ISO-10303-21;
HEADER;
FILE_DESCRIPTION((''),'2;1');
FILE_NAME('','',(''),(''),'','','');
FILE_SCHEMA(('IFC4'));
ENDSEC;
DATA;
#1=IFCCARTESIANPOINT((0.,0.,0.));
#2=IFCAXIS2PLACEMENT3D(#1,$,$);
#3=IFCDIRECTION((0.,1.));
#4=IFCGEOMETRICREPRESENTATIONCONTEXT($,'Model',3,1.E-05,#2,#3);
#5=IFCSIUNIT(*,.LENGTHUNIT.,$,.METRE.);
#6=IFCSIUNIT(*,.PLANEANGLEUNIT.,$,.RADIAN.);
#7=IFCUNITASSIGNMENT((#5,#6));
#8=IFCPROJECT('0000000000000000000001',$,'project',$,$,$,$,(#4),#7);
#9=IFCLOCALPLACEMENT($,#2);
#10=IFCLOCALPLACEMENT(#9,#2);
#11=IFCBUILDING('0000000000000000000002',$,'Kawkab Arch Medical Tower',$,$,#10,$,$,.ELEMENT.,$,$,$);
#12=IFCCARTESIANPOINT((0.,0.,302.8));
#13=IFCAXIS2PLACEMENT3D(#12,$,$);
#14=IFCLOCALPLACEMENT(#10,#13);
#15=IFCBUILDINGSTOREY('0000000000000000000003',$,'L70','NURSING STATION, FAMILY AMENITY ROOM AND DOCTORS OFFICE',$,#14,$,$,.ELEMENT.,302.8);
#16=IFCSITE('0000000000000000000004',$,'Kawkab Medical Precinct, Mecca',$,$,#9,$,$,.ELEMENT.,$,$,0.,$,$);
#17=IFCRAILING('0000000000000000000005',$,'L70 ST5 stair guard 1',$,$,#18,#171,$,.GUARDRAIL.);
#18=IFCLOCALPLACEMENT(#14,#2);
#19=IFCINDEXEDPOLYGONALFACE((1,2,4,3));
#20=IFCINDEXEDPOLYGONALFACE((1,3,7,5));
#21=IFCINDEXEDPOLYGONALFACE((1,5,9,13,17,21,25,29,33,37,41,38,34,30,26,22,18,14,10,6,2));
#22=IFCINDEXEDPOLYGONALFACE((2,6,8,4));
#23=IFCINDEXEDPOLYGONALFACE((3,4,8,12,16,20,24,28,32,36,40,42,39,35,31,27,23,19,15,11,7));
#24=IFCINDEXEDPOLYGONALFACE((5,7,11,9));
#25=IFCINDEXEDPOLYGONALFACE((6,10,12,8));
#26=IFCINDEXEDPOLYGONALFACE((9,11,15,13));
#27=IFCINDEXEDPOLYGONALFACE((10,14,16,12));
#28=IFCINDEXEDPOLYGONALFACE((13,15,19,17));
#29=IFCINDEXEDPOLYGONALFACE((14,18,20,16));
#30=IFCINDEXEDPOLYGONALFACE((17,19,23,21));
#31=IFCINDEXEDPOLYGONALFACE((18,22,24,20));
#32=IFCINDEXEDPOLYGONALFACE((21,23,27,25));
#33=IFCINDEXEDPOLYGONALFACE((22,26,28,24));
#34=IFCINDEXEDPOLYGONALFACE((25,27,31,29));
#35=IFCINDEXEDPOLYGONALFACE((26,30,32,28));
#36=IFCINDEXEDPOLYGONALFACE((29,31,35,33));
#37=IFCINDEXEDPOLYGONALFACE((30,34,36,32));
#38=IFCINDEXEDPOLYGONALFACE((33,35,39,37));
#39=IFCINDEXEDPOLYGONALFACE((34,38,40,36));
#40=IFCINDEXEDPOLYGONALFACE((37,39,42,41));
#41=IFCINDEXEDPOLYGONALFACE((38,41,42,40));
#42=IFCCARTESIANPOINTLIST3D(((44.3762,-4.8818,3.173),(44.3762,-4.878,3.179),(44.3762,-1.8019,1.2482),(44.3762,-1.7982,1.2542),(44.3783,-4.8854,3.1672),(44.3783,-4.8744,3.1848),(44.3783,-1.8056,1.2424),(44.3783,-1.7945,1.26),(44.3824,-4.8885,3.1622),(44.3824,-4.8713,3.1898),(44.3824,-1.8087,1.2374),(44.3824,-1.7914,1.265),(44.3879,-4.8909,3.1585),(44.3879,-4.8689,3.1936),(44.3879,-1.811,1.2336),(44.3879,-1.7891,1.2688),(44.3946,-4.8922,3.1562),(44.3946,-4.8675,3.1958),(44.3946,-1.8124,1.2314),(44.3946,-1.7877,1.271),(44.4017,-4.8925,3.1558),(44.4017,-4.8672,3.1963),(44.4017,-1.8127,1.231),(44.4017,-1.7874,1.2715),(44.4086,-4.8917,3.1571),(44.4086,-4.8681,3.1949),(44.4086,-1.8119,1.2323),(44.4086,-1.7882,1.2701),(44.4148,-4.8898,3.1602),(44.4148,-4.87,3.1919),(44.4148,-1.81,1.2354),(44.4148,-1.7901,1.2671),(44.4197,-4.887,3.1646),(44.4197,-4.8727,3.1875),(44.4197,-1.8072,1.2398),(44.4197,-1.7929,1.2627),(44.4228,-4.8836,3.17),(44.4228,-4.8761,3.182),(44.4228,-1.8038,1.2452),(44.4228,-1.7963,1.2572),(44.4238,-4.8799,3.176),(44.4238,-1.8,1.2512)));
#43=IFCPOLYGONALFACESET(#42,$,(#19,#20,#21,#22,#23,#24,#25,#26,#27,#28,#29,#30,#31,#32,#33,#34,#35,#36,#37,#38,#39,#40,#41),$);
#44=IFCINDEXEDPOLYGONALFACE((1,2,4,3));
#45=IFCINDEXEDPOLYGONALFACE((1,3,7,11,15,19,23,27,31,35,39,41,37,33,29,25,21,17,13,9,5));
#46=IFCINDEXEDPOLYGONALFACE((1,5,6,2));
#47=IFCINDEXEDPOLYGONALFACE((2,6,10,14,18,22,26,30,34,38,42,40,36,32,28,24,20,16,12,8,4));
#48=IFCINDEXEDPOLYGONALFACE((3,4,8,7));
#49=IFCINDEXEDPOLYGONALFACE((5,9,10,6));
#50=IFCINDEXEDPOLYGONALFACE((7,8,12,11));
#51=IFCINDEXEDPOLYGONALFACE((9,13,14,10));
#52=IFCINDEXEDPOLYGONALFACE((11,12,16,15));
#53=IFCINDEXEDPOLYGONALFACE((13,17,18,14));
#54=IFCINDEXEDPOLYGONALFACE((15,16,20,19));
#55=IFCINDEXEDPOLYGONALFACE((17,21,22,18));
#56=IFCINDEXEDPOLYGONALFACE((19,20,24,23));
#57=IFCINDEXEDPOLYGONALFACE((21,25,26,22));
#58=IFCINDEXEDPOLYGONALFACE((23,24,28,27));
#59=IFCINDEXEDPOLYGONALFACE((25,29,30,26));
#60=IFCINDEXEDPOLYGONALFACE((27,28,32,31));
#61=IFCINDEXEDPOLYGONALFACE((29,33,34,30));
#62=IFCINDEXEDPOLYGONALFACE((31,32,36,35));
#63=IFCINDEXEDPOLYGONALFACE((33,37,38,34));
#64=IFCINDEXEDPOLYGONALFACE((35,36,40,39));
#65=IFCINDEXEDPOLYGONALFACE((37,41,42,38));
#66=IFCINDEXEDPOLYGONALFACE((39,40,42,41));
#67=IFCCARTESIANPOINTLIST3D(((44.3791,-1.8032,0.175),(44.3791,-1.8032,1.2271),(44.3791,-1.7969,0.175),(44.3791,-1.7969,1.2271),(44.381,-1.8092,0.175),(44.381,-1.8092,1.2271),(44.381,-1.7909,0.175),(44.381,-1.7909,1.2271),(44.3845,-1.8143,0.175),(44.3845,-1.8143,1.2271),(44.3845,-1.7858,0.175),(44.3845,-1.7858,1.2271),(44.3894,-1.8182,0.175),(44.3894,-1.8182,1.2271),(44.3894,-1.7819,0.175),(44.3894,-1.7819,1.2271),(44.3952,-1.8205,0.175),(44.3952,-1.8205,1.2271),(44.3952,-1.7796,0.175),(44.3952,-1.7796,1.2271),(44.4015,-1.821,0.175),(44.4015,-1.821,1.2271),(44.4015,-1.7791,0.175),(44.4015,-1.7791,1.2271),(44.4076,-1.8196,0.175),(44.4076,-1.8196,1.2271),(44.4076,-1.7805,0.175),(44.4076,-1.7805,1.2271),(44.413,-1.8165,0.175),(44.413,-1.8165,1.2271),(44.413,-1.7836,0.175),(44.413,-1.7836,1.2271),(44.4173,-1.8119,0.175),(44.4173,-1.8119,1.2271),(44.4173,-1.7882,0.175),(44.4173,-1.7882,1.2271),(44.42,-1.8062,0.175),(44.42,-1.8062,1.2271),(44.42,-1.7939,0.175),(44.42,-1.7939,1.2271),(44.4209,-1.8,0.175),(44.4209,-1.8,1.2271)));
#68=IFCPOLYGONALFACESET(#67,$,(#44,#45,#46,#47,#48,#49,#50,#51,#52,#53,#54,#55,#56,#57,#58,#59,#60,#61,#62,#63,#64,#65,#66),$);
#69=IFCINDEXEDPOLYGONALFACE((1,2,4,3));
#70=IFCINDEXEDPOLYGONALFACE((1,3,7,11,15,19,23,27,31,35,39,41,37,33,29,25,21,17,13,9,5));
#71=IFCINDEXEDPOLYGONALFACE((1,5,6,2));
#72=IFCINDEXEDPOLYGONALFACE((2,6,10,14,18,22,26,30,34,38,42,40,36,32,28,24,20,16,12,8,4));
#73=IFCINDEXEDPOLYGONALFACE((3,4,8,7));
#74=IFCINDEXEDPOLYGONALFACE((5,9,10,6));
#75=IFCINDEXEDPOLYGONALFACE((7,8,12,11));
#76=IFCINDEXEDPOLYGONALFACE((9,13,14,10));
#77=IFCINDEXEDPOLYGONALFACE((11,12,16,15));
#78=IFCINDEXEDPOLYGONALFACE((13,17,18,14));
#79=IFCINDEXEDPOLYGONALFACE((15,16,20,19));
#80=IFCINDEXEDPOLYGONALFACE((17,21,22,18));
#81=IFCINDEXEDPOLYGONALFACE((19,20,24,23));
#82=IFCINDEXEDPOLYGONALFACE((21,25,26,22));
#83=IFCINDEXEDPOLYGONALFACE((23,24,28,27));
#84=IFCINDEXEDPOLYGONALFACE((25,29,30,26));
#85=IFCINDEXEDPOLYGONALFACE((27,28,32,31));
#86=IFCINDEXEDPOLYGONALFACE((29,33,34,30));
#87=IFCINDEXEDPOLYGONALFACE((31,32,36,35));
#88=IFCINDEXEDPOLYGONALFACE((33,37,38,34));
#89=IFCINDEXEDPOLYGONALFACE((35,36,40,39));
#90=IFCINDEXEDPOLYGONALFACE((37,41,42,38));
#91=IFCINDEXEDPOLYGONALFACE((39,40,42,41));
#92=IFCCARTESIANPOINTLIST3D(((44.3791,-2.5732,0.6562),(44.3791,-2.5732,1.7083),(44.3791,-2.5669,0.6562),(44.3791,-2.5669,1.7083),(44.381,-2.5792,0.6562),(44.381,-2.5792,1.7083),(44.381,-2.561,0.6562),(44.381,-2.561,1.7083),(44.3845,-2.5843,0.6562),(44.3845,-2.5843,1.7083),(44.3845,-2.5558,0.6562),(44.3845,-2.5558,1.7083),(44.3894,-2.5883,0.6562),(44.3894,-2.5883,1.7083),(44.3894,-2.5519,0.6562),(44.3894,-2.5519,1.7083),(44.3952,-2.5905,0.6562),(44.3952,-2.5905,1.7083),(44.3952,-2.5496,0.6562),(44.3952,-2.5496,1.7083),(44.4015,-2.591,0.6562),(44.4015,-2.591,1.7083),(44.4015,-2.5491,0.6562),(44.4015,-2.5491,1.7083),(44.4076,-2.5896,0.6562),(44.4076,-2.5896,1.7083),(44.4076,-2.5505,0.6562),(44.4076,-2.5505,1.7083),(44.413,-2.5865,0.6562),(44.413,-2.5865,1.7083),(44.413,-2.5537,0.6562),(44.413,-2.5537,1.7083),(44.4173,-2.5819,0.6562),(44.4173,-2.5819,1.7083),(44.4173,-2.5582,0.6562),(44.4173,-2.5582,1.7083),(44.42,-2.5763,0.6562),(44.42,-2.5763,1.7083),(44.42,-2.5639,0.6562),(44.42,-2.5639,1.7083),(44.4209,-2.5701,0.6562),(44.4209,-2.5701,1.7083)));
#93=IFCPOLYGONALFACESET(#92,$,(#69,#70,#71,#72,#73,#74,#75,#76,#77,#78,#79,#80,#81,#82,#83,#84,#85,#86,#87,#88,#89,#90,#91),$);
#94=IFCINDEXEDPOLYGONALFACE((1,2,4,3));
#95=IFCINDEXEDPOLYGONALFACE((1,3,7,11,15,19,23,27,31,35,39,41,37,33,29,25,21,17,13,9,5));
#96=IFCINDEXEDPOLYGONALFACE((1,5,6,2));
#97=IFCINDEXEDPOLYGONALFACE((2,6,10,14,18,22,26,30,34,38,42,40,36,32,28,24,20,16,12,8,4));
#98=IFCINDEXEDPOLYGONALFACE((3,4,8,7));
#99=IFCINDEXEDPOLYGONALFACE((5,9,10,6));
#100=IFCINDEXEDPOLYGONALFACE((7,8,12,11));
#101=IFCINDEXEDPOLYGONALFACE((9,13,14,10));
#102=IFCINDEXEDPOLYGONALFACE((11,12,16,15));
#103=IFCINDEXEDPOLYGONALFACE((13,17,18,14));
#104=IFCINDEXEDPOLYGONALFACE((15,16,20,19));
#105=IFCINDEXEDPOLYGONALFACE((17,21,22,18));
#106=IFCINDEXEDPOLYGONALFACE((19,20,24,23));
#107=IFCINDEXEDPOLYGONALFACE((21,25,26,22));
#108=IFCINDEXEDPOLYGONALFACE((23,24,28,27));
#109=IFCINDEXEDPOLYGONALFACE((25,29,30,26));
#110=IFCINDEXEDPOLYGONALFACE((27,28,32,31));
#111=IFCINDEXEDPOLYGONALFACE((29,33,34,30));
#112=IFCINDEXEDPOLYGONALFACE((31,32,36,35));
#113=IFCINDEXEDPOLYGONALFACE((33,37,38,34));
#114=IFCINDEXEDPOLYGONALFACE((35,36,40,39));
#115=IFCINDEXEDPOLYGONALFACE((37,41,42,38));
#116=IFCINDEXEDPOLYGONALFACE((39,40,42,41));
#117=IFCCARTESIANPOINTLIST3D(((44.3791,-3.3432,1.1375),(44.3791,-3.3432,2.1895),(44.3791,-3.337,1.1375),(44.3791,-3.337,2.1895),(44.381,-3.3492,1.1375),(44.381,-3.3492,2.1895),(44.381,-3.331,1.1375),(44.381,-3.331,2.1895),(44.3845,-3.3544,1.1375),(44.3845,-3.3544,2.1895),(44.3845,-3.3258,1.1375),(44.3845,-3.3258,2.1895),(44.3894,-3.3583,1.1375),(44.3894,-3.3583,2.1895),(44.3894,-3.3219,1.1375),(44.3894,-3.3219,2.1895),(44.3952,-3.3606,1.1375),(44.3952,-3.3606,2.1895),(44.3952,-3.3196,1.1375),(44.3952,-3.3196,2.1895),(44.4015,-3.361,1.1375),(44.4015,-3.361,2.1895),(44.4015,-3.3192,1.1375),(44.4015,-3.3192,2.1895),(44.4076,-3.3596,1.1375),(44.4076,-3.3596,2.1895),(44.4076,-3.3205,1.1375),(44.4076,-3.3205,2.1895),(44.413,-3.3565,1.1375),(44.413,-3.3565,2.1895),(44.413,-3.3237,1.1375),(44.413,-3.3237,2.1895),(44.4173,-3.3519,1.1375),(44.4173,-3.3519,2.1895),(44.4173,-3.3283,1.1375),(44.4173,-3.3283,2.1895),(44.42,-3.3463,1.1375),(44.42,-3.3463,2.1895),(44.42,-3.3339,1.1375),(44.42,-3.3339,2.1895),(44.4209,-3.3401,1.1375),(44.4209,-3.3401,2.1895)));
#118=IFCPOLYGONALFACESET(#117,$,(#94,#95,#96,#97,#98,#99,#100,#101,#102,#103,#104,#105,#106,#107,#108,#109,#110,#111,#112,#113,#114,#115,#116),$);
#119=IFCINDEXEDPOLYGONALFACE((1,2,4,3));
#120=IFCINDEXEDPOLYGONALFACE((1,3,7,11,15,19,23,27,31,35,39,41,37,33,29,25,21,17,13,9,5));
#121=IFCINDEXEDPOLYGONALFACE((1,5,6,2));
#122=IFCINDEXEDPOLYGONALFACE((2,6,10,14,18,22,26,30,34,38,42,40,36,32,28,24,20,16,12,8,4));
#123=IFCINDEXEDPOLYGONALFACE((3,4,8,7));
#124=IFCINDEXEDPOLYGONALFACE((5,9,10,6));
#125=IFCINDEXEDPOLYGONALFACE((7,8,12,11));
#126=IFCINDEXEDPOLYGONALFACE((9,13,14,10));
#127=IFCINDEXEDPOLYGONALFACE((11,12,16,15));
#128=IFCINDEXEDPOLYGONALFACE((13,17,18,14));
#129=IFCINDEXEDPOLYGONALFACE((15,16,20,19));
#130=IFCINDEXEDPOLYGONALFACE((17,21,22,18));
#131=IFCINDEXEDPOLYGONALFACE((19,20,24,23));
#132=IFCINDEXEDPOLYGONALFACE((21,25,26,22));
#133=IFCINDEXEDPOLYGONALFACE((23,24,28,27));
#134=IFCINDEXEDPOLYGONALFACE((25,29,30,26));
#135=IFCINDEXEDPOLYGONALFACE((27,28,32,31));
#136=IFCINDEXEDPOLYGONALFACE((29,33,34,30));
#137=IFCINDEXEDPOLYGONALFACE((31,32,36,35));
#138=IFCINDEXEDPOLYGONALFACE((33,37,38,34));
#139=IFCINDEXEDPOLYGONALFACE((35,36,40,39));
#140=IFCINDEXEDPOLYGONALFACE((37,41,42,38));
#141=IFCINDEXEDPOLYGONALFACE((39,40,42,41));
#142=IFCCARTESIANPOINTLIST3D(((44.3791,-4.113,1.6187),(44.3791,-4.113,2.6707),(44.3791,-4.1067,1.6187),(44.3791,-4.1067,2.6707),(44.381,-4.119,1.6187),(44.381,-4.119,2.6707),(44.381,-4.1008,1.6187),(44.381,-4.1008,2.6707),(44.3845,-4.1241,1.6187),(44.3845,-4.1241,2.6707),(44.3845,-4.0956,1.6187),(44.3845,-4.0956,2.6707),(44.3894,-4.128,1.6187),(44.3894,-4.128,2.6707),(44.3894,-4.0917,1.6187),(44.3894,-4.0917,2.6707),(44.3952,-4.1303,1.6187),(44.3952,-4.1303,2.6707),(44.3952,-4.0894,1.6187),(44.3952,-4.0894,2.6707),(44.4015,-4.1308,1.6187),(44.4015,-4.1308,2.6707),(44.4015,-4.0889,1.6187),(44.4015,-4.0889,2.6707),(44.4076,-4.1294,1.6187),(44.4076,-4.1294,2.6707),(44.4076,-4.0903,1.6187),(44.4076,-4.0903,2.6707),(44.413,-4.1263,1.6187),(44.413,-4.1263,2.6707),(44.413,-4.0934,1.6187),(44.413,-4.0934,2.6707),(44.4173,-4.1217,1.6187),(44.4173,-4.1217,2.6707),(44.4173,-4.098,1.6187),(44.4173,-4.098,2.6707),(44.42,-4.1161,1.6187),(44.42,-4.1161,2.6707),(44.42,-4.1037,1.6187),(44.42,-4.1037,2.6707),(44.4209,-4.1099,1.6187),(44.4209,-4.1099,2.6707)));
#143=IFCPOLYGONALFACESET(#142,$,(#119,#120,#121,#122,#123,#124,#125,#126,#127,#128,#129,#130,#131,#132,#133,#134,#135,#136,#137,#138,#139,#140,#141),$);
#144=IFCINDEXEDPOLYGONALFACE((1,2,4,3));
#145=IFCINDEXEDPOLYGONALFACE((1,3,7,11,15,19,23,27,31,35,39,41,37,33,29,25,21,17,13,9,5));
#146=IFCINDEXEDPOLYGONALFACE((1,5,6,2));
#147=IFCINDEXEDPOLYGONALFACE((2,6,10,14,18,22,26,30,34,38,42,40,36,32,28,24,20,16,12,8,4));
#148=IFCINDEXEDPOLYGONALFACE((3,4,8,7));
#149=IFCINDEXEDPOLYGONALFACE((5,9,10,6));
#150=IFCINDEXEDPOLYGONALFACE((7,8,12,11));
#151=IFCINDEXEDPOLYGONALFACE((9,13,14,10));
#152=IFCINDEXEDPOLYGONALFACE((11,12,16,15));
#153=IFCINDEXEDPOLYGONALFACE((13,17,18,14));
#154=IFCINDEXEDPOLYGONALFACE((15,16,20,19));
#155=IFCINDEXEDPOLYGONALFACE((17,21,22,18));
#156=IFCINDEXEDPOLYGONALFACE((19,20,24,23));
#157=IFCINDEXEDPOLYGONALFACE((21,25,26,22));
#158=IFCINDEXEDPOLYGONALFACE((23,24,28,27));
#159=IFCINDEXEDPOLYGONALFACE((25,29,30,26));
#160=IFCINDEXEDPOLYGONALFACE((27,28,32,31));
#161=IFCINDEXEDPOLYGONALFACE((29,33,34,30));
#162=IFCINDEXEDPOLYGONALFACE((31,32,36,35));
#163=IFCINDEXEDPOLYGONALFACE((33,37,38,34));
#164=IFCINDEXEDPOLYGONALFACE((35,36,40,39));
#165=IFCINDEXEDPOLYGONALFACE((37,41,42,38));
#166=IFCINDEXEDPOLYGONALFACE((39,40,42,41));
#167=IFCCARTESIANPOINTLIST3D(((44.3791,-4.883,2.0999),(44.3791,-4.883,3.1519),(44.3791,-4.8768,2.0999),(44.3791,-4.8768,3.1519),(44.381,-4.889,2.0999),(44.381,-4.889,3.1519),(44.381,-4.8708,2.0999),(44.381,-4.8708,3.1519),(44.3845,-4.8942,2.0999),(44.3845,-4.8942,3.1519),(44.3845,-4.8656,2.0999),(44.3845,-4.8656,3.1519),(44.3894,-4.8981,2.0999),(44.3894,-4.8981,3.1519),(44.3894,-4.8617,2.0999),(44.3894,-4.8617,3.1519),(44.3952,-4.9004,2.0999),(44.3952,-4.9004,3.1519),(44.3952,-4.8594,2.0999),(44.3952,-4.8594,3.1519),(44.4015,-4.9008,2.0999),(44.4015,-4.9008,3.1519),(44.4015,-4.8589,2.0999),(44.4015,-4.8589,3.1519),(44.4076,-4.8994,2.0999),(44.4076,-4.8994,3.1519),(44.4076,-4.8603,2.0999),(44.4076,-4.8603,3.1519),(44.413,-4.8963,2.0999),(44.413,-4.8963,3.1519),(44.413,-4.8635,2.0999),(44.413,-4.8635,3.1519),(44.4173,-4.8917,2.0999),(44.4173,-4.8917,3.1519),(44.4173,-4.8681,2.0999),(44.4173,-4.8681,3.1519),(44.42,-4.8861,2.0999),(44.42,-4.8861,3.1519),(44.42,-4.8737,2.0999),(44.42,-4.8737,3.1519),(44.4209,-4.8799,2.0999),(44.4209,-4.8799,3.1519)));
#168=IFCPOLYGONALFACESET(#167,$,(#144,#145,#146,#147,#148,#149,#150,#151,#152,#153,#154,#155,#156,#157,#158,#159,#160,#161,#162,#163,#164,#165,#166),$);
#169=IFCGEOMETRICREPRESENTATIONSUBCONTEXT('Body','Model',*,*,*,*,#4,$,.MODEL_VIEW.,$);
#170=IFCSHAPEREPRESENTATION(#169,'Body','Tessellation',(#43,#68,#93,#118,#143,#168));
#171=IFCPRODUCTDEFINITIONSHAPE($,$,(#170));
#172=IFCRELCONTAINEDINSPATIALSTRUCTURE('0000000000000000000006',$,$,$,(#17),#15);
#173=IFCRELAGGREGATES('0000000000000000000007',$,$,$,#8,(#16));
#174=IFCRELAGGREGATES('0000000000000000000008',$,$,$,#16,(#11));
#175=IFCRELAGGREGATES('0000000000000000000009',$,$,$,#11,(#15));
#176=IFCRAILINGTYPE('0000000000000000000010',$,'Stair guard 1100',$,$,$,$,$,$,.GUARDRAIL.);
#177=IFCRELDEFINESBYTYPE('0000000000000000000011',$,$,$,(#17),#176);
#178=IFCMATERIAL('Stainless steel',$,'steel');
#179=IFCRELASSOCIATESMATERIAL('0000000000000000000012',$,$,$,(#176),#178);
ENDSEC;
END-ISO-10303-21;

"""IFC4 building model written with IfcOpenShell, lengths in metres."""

from ifc_helpers import new_model, si_unit, direction, frame, origin, origin_2d, place, context, subcontext, project, spatial, circle, extrude, material, type_object, element, save


model = new_model("IFC4")

# Units and contexts
model_context = context("Model", 3, precision=1e-05, world=origin(), true_north=direction((0.0, 1.0)))
body_context = subcontext(model_context, "Body", "Model", "MODEL_VIEW")
ifc_project = project(units=[si_unit("LENGTHUNIT", "METRE"), si_unit("PLANEANGLEUNIT", "RADIAN")], contexts=[model_context])

# Site, building, storey
site_placement = place(None, origin())
site = spatial("IfcSite", under=ifc_project, at=site_placement, Name="Kawkab Medical Precinct, Mecca", CompositionType="ELEMENT", RefElevation=0.0)
building_placement = place(site_placement, origin())
building = spatial("IfcBuilding", under=site, at=building_placement, Name="Kawkab Arch Medical Tower", CompositionType="ELEMENT")
storey_placement = place(building_placement, frame((0.0, 0.0, 302.8)))
storey = spatial("IfcBuildingStorey", under=building, at=storey_placement, Name="L70", Description="NURSING STATION, FAMILY AMENITY ROOM AND DOCTORS OFFICE", CompositionType="ELEMENT", Elevation=302.8)

# Railing
ifc_material_1 = material(Name="Stainless steel", Category="steel")
railing_type = type_object("IfcRailingType", Name="Stair guard 1100", PredefinedType="GUARDRAIL", material=ifc_material_1)
railing_1_placement = place(storey_placement, frame((44.3999, -1.8, 0.175)))
element("IfcRailing", 1, at=railing_1_placement, inside=storey, type_object=railing_type, Name="L70 ST5 stair guard 1", PredefinedType="GUARDRAIL", context=body_context, shape_type="SweptSolid", body=[
    extrude(circle(Radius=0.0239, at=origin_2d()), frame((0.0, 0.0, 1.0762), z_axis=(0.0, -0.84801, 0.529981), x_axis=(1.0, 0.0, 0.0)), (0.0, 0.0, 1.0), 3.6318),
    extrude(circle(Radius=0.021, at=origin_2d()), origin(), (0.0, 0.0, 1.0), 1.052),
    extrude(circle(Radius=0.021, at=origin_2d()), frame((0.0, -0.77, 0.4812)), (0.0, 0.0, 1.0), 1.052),
    extrude(circle(Radius=0.021, at=origin_2d()), frame((0.0, -1.54, 0.9624)), (0.0, 0.0, 1.0), 1.052),
    extrude(circle(Radius=0.021, at=origin_2d()), frame((0.0, -2.3098, 1.4436)), (0.0, 0.0, 1.0), 1.052),
    extrude(circle(Radius=0.021, at=origin_2d()), frame((0.0, -3.0798, 1.9248)), (0.0, 0.0, 1.0), 1.052),
])

save(model, "model.ifc")
